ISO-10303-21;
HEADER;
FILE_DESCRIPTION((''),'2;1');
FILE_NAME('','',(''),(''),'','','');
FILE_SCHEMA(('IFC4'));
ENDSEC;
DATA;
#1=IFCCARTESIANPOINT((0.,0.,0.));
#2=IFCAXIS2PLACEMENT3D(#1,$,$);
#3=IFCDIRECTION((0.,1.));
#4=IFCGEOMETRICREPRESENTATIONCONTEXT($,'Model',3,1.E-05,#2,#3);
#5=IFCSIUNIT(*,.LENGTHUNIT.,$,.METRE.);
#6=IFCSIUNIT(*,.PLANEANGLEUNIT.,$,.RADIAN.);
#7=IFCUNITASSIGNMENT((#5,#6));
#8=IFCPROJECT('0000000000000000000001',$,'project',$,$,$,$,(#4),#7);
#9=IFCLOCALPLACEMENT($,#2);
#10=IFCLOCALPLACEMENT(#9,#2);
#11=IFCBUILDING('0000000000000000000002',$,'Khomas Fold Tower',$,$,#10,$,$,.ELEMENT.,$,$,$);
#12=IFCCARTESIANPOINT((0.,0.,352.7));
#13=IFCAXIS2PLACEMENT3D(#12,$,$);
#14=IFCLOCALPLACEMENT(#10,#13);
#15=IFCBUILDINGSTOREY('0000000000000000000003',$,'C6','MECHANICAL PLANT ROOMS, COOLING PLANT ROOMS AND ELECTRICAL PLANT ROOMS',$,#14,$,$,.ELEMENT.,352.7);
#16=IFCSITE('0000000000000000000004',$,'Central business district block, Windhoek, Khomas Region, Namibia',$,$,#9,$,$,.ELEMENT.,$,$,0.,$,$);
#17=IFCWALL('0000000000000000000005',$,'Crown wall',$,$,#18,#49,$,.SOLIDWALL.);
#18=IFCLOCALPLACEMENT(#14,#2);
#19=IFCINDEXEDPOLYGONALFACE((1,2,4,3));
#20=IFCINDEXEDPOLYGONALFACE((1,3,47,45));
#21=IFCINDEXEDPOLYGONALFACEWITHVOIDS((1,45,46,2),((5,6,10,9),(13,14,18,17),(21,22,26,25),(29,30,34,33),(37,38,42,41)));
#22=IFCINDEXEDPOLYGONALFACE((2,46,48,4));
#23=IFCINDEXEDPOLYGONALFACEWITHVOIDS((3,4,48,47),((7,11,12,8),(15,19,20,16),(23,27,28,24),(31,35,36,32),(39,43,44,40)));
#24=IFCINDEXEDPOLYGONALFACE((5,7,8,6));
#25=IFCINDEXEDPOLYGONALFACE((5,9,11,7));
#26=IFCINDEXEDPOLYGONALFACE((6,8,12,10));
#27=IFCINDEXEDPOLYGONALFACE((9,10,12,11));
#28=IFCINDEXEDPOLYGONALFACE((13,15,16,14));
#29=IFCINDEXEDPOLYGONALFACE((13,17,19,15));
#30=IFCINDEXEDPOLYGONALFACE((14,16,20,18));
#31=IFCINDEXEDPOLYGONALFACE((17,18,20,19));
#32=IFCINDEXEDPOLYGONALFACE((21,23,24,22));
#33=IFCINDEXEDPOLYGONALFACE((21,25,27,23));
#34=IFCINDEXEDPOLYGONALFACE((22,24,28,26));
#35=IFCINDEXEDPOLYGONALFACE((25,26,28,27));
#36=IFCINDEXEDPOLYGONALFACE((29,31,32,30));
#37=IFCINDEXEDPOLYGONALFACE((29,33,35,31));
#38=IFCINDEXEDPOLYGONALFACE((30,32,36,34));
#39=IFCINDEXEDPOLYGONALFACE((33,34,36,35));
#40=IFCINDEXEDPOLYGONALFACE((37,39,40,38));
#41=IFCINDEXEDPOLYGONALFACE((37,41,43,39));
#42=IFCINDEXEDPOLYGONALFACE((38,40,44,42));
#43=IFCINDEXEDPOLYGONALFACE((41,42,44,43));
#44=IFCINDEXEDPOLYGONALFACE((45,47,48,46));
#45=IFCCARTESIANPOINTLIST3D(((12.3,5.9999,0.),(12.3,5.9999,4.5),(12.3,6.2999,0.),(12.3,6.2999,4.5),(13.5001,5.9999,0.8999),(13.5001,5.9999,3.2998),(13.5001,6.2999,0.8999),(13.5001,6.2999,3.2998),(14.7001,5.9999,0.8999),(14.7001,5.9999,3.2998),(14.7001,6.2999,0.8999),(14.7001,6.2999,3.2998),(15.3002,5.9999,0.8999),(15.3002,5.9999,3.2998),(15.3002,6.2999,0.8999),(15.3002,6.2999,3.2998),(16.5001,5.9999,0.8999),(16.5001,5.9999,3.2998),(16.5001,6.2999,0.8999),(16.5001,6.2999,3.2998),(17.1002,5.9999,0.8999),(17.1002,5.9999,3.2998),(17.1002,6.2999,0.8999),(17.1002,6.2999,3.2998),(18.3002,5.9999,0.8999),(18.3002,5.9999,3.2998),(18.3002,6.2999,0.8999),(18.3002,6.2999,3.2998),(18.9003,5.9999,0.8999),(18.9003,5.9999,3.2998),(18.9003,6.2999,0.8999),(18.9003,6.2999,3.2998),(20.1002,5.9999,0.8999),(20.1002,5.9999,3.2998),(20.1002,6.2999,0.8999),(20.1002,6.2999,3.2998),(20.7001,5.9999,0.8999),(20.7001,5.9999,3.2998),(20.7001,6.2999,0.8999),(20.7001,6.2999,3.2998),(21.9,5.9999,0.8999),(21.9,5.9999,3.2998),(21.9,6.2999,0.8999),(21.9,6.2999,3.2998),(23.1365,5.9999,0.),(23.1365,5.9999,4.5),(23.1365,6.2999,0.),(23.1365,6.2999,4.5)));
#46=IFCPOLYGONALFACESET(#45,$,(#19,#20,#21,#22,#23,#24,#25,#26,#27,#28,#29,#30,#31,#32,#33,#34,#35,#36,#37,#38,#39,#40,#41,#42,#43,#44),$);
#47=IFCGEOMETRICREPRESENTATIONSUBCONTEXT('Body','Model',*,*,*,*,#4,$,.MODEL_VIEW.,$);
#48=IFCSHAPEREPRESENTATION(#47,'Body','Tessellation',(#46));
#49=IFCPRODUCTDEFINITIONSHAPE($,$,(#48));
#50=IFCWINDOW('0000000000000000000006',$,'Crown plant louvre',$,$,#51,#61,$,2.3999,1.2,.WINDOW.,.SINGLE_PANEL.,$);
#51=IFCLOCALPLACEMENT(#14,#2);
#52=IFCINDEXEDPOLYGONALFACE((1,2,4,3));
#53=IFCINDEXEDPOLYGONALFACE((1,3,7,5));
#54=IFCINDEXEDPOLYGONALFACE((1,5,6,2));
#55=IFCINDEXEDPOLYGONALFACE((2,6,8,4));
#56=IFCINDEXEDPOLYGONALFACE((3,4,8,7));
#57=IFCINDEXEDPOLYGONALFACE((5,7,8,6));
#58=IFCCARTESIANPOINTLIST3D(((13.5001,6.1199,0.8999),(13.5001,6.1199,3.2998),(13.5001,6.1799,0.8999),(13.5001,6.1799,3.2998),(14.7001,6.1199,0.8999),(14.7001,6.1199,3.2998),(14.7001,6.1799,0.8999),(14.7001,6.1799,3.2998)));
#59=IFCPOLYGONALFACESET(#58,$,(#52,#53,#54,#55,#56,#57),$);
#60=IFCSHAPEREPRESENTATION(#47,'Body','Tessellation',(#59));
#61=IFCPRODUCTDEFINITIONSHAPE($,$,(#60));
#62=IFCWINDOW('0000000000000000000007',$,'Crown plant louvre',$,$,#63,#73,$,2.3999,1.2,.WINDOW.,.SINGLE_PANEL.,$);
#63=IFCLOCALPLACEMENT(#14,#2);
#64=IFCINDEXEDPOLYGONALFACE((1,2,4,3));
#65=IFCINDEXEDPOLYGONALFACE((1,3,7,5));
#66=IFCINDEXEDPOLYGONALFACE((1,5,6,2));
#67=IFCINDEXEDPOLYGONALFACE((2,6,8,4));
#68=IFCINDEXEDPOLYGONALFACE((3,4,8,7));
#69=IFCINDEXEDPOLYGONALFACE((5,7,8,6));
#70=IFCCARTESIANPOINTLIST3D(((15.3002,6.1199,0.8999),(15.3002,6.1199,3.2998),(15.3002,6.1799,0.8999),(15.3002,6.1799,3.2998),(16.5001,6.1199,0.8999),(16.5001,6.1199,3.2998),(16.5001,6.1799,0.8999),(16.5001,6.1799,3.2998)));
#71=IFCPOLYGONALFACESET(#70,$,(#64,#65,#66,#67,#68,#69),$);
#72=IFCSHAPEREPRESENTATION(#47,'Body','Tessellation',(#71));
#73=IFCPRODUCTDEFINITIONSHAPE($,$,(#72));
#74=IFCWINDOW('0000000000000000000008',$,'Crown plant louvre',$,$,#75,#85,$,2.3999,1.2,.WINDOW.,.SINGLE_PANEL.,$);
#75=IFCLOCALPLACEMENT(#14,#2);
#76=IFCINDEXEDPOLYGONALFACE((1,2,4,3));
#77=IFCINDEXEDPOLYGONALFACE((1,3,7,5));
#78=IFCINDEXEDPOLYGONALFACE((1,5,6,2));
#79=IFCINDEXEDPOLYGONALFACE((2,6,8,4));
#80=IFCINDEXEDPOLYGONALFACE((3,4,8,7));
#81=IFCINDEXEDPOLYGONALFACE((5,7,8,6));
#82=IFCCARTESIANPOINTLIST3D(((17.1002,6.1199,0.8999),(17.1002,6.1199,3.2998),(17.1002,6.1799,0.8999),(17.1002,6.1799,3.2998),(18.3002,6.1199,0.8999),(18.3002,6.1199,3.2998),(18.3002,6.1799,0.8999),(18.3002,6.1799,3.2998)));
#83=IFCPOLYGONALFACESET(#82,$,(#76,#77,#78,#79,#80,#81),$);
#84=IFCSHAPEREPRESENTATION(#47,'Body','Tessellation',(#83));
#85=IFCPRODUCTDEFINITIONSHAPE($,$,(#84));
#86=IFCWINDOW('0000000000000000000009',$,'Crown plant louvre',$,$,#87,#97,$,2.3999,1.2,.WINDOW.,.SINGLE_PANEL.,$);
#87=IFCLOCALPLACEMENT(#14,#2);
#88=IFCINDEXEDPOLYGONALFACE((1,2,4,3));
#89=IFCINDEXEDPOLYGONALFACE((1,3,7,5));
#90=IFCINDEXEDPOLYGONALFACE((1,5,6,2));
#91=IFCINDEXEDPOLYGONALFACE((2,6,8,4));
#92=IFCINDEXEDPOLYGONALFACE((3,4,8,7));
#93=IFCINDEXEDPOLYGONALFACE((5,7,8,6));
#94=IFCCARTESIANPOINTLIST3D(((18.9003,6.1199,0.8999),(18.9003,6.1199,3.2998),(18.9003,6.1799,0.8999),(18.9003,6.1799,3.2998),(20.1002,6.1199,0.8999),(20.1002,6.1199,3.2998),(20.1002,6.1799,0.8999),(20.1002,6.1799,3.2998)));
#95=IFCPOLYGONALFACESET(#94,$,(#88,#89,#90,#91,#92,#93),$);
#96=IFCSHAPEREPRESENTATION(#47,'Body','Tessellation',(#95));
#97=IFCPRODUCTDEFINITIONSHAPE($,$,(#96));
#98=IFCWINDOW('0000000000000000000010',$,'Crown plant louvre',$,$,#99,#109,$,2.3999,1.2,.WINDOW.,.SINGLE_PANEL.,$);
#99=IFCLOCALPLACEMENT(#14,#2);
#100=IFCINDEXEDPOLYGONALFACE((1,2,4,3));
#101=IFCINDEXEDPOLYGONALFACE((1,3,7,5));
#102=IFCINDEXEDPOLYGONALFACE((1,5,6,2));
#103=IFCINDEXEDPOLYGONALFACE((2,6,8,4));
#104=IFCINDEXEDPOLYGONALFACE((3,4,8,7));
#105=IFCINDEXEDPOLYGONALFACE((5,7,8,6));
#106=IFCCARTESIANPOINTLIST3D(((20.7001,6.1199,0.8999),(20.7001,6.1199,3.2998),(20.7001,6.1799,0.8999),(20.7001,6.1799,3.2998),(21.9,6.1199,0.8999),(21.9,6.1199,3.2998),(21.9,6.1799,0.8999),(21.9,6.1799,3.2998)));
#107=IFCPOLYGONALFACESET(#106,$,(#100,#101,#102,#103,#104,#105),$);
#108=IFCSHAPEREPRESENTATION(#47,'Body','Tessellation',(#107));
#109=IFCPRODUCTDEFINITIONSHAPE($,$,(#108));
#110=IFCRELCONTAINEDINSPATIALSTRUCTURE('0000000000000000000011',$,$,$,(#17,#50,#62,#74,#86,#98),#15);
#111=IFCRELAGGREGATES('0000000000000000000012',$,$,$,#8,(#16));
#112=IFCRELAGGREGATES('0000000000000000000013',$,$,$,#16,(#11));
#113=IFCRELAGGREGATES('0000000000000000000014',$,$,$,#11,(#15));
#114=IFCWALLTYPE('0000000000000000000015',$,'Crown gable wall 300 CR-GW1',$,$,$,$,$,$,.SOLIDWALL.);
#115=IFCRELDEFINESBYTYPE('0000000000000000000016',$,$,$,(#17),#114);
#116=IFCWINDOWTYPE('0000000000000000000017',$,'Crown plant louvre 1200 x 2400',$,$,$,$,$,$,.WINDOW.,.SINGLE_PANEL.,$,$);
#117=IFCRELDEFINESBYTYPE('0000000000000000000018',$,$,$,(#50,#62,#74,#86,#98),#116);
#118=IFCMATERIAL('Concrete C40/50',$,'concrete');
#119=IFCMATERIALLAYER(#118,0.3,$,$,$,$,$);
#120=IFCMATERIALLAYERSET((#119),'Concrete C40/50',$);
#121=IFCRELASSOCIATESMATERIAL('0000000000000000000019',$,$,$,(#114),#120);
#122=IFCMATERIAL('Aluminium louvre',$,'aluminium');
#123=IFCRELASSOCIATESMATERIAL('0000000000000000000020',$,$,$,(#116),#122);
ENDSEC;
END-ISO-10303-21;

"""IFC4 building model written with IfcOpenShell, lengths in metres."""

from ifc_helpers import new_model, si_unit, direction, frame, frame_2d, origin, place, context, subcontext, project, spatial, rectangle, extrude, source, transform, mapped, material, layer, layer_set, type_object, element, fill, save


model = new_model("IFC4")

# Units and contexts
model_context = context("Model", 3, precision=1e-05, world=origin(), true_north=direction((0.0, 1.0)))
body_context = subcontext(model_context, "Body", "Model", "MODEL_VIEW")
ifc_project = project(units=[si_unit("LENGTHUNIT", "METRE"), si_unit("PLANEANGLEUNIT", "RADIAN")], contexts=[model_context])

# Site, building, storey
site_placement = place(None, origin())
site = spatial("IfcSite", under=ifc_project, at=site_placement, Name="Central business district block, Windhoek, Khomas Region, Namibia", CompositionType="ELEMENT", RefElevation=0.0)
building_placement = place(site_placement, origin())
building = spatial("IfcBuilding", under=site, at=building_placement, Name="Khomas Fold Tower", CompositionType="ELEMENT")
storey_placement = place(building_placement, frame((0.0, 0.0, 352.7)))
storey = spatial("IfcBuildingStorey", under=building, at=storey_placement, Name="C6", Description="MECHANICAL PLANT ROOMS, COOLING PLANT ROOMS AND ELECTRICAL PLANT ROOMS", CompositionType="ELEMENT", Elevation=352.7)

# Wall, openings, windows
ifc_material_1 = material(Name="Concrete C40/50", Category="concrete")
ifc_layer_1 = layer(ifc_material_1, 0.3)
ifc_layer_set_1 = layer_set([ifc_layer_1], Name="Concrete C40/50")
wall_type = type_object("IfcWallType", Name="Crown gable wall 300 CR-GW1", PredefinedType="SOLIDWALL", material=ifc_layer_set_1)
shared_shape_1 = source(origin(), body_context, "Body", "SweptSolid", [
    extrude(rectangle(XDim=10.8364, YDim=0.3, at=frame_2d((5.4182, 0.0))), origin(), (0.0, 0.0, 1.0), 4.5),
])
wall_placement = place(storey_placement, frame((12.3, 6.1499, 0.0), z_axis=(0.0, 0.0, 1.0), x_axis=(1.0, 0.0, 0.0)))
wall = element("IfcWall", 1, at=wall_placement, inside=storey, type_object=wall_type, Name="Crown wall", PredefinedType="SOLIDWALL", context=body_context, shape_type="MappedRepresentation", body=[
    mapped(shared_shape_1, transform((0.0, 0.0, 0.0))),
])
shared_shape_2 = source(origin(), body_context, "Body", "SweptSolid", [
    extrude(rectangle(XDim=1.2, YDim=2.3999, at=frame_2d((0.6001, 1.2))), frame((0.0, 0.1599, 0.0), z_axis=(0.0, -1.0, 0.0), x_axis=(1.0, 0.0, 0.0)), (0.0, 0.0, 1.0), 0.3201),
])
opening_1_placement = place(wall_placement, frame((1.2, 0.0, 0.8999)))
opening_1 = element("IfcOpeningElement", 2, at=opening_1_placement, cuts=wall, PredefinedType="OPENING", context=body_context, shape_type="MappedRepresentation", body=[
    mapped(shared_shape_2, transform((0.0, 0.0, 0.0))),
])
opening_2_placement = place(wall_placement, frame((3.0, 0.0, 0.8999)))
opening_2 = element("IfcOpeningElement", 3, at=opening_2_placement, cuts=wall, PredefinedType="OPENING", context=body_context, shape_type="MappedRepresentation", body=[
    mapped(shared_shape_2, transform((0.0, 0.0, 0.0))),
])
opening_3_placement = place(wall_placement, frame((4.8, 0.0, 0.8999)))
opening_3 = element("IfcOpeningElement", 4, at=opening_3_placement, cuts=wall, PredefinedType="OPENING", context=body_context, shape_type="MappedRepresentation", body=[
    mapped(shared_shape_2, transform((0.0, 0.0, 0.0))),
])
opening_4_placement = place(wall_placement, frame((6.6001, 0.0, 0.8999)))
opening_4 = element("IfcOpeningElement", 5, at=opening_4_placement, cuts=wall, PredefinedType="OPENING", context=body_context, shape_type="MappedRepresentation", body=[
    mapped(shared_shape_2, transform((0.0, 0.0, 0.0))),
])
opening_5_placement = place(wall_placement, frame((8.3999, 0.0, 0.8999)))
opening_5 = element("IfcOpeningElement", 6, at=opening_5_placement, cuts=wall, PredefinedType="OPENING", context=body_context, shape_type="MappedRepresentation", body=[
    mapped(shared_shape_2, transform((0.0, 0.0, 0.0))),
])
ifc_material_2 = material(Name="Aluminium louvre", Category="aluminium")
window_type = type_object("IfcWindowType", Name="Crown plant louvre 1200 x 2400", PartitioningType="SINGLE_PANEL", PredefinedType="WINDOW", material=ifc_material_2)
shared_shape_3 = source(origin(), body_context, "Body", "SweptSolid", [
    extrude(rectangle(XDim=1.2, YDim=2.3999, at=frame_2d((0.6001, 1.2))), frame((0.0, 0.03, 0.0), z_axis=(0.0, -1.0, 0.0), x_axis=(1.0, 0.0, 0.0)), (0.0, 0.0, 1.0), 0.0601),
])
window_1_placement = place(opening_1_placement, origin())
window_1 = element("IfcWindow", 7, at=window_1_placement, inside=storey, type_object=window_type, Name="Crown plant louvre", OverallHeight=2.3999, OverallWidth=1.2, PartitioningType="SINGLE_PANEL", PredefinedType="WINDOW", context=body_context, shape_type="MappedRepresentation", body=[
    mapped(shared_shape_3, transform((0.0, 0.0, 0.0))),
])
fill(opening_1, window_1)
window_2_placement = place(opening_2_placement, origin())
window_2 = element("IfcWindow", 8, at=window_2_placement, inside=storey, type_object=window_type, Name="Crown plant louvre", OverallHeight=2.3999, OverallWidth=1.2, PartitioningType="SINGLE_PANEL", PredefinedType="WINDOW", context=body_context, shape_type="MappedRepresentation", body=[
    mapped(shared_shape_3, transform((0.0, 0.0, 0.0))),
])
fill(opening_2, window_2)
window_3_placement = place(opening_3_placement, origin())
window_3 = element("IfcWindow", 9, at=window_3_placement, inside=storey, type_object=window_type, Name="Crown plant louvre", OverallHeight=2.3999, OverallWidth=1.2, PartitioningType="SINGLE_PANEL", PredefinedType="WINDOW", context=body_context, shape_type="MappedRepresentation", body=[
    mapped(shared_shape_3, transform((0.0, 0.0, 0.0))),
])
fill(opening_3, window_3)
window_4_placement = place(opening_4_placement, origin())
window_4 = element("IfcWindow", 10, at=window_4_placement, inside=storey, type_object=window_type, Name="Crown plant louvre", OverallHeight=2.3999, OverallWidth=1.2, PartitioningType="SINGLE_PANEL", PredefinedType="WINDOW", context=body_context, shape_type="MappedRepresentation", body=[
    mapped(shared_shape_3, transform((0.0, 0.0, 0.0))),
])
fill(opening_4, window_4)
window_5_placement = place(opening_5_placement, origin())
window_5 = element("IfcWindow", 11, at=window_5_placement, inside=storey, type_object=window_type, Name="Crown plant louvre", OverallHeight=2.3999, OverallWidth=1.2, PartitioningType="SINGLE_PANEL", PredefinedType="WINDOW", context=body_context, shape_type="MappedRepresentation", body=[
    mapped(shared_shape_3, transform((0.0, 0.0, 0.0))),
])
fill(opening_5, window_5)

save(model, "model.ifc")
